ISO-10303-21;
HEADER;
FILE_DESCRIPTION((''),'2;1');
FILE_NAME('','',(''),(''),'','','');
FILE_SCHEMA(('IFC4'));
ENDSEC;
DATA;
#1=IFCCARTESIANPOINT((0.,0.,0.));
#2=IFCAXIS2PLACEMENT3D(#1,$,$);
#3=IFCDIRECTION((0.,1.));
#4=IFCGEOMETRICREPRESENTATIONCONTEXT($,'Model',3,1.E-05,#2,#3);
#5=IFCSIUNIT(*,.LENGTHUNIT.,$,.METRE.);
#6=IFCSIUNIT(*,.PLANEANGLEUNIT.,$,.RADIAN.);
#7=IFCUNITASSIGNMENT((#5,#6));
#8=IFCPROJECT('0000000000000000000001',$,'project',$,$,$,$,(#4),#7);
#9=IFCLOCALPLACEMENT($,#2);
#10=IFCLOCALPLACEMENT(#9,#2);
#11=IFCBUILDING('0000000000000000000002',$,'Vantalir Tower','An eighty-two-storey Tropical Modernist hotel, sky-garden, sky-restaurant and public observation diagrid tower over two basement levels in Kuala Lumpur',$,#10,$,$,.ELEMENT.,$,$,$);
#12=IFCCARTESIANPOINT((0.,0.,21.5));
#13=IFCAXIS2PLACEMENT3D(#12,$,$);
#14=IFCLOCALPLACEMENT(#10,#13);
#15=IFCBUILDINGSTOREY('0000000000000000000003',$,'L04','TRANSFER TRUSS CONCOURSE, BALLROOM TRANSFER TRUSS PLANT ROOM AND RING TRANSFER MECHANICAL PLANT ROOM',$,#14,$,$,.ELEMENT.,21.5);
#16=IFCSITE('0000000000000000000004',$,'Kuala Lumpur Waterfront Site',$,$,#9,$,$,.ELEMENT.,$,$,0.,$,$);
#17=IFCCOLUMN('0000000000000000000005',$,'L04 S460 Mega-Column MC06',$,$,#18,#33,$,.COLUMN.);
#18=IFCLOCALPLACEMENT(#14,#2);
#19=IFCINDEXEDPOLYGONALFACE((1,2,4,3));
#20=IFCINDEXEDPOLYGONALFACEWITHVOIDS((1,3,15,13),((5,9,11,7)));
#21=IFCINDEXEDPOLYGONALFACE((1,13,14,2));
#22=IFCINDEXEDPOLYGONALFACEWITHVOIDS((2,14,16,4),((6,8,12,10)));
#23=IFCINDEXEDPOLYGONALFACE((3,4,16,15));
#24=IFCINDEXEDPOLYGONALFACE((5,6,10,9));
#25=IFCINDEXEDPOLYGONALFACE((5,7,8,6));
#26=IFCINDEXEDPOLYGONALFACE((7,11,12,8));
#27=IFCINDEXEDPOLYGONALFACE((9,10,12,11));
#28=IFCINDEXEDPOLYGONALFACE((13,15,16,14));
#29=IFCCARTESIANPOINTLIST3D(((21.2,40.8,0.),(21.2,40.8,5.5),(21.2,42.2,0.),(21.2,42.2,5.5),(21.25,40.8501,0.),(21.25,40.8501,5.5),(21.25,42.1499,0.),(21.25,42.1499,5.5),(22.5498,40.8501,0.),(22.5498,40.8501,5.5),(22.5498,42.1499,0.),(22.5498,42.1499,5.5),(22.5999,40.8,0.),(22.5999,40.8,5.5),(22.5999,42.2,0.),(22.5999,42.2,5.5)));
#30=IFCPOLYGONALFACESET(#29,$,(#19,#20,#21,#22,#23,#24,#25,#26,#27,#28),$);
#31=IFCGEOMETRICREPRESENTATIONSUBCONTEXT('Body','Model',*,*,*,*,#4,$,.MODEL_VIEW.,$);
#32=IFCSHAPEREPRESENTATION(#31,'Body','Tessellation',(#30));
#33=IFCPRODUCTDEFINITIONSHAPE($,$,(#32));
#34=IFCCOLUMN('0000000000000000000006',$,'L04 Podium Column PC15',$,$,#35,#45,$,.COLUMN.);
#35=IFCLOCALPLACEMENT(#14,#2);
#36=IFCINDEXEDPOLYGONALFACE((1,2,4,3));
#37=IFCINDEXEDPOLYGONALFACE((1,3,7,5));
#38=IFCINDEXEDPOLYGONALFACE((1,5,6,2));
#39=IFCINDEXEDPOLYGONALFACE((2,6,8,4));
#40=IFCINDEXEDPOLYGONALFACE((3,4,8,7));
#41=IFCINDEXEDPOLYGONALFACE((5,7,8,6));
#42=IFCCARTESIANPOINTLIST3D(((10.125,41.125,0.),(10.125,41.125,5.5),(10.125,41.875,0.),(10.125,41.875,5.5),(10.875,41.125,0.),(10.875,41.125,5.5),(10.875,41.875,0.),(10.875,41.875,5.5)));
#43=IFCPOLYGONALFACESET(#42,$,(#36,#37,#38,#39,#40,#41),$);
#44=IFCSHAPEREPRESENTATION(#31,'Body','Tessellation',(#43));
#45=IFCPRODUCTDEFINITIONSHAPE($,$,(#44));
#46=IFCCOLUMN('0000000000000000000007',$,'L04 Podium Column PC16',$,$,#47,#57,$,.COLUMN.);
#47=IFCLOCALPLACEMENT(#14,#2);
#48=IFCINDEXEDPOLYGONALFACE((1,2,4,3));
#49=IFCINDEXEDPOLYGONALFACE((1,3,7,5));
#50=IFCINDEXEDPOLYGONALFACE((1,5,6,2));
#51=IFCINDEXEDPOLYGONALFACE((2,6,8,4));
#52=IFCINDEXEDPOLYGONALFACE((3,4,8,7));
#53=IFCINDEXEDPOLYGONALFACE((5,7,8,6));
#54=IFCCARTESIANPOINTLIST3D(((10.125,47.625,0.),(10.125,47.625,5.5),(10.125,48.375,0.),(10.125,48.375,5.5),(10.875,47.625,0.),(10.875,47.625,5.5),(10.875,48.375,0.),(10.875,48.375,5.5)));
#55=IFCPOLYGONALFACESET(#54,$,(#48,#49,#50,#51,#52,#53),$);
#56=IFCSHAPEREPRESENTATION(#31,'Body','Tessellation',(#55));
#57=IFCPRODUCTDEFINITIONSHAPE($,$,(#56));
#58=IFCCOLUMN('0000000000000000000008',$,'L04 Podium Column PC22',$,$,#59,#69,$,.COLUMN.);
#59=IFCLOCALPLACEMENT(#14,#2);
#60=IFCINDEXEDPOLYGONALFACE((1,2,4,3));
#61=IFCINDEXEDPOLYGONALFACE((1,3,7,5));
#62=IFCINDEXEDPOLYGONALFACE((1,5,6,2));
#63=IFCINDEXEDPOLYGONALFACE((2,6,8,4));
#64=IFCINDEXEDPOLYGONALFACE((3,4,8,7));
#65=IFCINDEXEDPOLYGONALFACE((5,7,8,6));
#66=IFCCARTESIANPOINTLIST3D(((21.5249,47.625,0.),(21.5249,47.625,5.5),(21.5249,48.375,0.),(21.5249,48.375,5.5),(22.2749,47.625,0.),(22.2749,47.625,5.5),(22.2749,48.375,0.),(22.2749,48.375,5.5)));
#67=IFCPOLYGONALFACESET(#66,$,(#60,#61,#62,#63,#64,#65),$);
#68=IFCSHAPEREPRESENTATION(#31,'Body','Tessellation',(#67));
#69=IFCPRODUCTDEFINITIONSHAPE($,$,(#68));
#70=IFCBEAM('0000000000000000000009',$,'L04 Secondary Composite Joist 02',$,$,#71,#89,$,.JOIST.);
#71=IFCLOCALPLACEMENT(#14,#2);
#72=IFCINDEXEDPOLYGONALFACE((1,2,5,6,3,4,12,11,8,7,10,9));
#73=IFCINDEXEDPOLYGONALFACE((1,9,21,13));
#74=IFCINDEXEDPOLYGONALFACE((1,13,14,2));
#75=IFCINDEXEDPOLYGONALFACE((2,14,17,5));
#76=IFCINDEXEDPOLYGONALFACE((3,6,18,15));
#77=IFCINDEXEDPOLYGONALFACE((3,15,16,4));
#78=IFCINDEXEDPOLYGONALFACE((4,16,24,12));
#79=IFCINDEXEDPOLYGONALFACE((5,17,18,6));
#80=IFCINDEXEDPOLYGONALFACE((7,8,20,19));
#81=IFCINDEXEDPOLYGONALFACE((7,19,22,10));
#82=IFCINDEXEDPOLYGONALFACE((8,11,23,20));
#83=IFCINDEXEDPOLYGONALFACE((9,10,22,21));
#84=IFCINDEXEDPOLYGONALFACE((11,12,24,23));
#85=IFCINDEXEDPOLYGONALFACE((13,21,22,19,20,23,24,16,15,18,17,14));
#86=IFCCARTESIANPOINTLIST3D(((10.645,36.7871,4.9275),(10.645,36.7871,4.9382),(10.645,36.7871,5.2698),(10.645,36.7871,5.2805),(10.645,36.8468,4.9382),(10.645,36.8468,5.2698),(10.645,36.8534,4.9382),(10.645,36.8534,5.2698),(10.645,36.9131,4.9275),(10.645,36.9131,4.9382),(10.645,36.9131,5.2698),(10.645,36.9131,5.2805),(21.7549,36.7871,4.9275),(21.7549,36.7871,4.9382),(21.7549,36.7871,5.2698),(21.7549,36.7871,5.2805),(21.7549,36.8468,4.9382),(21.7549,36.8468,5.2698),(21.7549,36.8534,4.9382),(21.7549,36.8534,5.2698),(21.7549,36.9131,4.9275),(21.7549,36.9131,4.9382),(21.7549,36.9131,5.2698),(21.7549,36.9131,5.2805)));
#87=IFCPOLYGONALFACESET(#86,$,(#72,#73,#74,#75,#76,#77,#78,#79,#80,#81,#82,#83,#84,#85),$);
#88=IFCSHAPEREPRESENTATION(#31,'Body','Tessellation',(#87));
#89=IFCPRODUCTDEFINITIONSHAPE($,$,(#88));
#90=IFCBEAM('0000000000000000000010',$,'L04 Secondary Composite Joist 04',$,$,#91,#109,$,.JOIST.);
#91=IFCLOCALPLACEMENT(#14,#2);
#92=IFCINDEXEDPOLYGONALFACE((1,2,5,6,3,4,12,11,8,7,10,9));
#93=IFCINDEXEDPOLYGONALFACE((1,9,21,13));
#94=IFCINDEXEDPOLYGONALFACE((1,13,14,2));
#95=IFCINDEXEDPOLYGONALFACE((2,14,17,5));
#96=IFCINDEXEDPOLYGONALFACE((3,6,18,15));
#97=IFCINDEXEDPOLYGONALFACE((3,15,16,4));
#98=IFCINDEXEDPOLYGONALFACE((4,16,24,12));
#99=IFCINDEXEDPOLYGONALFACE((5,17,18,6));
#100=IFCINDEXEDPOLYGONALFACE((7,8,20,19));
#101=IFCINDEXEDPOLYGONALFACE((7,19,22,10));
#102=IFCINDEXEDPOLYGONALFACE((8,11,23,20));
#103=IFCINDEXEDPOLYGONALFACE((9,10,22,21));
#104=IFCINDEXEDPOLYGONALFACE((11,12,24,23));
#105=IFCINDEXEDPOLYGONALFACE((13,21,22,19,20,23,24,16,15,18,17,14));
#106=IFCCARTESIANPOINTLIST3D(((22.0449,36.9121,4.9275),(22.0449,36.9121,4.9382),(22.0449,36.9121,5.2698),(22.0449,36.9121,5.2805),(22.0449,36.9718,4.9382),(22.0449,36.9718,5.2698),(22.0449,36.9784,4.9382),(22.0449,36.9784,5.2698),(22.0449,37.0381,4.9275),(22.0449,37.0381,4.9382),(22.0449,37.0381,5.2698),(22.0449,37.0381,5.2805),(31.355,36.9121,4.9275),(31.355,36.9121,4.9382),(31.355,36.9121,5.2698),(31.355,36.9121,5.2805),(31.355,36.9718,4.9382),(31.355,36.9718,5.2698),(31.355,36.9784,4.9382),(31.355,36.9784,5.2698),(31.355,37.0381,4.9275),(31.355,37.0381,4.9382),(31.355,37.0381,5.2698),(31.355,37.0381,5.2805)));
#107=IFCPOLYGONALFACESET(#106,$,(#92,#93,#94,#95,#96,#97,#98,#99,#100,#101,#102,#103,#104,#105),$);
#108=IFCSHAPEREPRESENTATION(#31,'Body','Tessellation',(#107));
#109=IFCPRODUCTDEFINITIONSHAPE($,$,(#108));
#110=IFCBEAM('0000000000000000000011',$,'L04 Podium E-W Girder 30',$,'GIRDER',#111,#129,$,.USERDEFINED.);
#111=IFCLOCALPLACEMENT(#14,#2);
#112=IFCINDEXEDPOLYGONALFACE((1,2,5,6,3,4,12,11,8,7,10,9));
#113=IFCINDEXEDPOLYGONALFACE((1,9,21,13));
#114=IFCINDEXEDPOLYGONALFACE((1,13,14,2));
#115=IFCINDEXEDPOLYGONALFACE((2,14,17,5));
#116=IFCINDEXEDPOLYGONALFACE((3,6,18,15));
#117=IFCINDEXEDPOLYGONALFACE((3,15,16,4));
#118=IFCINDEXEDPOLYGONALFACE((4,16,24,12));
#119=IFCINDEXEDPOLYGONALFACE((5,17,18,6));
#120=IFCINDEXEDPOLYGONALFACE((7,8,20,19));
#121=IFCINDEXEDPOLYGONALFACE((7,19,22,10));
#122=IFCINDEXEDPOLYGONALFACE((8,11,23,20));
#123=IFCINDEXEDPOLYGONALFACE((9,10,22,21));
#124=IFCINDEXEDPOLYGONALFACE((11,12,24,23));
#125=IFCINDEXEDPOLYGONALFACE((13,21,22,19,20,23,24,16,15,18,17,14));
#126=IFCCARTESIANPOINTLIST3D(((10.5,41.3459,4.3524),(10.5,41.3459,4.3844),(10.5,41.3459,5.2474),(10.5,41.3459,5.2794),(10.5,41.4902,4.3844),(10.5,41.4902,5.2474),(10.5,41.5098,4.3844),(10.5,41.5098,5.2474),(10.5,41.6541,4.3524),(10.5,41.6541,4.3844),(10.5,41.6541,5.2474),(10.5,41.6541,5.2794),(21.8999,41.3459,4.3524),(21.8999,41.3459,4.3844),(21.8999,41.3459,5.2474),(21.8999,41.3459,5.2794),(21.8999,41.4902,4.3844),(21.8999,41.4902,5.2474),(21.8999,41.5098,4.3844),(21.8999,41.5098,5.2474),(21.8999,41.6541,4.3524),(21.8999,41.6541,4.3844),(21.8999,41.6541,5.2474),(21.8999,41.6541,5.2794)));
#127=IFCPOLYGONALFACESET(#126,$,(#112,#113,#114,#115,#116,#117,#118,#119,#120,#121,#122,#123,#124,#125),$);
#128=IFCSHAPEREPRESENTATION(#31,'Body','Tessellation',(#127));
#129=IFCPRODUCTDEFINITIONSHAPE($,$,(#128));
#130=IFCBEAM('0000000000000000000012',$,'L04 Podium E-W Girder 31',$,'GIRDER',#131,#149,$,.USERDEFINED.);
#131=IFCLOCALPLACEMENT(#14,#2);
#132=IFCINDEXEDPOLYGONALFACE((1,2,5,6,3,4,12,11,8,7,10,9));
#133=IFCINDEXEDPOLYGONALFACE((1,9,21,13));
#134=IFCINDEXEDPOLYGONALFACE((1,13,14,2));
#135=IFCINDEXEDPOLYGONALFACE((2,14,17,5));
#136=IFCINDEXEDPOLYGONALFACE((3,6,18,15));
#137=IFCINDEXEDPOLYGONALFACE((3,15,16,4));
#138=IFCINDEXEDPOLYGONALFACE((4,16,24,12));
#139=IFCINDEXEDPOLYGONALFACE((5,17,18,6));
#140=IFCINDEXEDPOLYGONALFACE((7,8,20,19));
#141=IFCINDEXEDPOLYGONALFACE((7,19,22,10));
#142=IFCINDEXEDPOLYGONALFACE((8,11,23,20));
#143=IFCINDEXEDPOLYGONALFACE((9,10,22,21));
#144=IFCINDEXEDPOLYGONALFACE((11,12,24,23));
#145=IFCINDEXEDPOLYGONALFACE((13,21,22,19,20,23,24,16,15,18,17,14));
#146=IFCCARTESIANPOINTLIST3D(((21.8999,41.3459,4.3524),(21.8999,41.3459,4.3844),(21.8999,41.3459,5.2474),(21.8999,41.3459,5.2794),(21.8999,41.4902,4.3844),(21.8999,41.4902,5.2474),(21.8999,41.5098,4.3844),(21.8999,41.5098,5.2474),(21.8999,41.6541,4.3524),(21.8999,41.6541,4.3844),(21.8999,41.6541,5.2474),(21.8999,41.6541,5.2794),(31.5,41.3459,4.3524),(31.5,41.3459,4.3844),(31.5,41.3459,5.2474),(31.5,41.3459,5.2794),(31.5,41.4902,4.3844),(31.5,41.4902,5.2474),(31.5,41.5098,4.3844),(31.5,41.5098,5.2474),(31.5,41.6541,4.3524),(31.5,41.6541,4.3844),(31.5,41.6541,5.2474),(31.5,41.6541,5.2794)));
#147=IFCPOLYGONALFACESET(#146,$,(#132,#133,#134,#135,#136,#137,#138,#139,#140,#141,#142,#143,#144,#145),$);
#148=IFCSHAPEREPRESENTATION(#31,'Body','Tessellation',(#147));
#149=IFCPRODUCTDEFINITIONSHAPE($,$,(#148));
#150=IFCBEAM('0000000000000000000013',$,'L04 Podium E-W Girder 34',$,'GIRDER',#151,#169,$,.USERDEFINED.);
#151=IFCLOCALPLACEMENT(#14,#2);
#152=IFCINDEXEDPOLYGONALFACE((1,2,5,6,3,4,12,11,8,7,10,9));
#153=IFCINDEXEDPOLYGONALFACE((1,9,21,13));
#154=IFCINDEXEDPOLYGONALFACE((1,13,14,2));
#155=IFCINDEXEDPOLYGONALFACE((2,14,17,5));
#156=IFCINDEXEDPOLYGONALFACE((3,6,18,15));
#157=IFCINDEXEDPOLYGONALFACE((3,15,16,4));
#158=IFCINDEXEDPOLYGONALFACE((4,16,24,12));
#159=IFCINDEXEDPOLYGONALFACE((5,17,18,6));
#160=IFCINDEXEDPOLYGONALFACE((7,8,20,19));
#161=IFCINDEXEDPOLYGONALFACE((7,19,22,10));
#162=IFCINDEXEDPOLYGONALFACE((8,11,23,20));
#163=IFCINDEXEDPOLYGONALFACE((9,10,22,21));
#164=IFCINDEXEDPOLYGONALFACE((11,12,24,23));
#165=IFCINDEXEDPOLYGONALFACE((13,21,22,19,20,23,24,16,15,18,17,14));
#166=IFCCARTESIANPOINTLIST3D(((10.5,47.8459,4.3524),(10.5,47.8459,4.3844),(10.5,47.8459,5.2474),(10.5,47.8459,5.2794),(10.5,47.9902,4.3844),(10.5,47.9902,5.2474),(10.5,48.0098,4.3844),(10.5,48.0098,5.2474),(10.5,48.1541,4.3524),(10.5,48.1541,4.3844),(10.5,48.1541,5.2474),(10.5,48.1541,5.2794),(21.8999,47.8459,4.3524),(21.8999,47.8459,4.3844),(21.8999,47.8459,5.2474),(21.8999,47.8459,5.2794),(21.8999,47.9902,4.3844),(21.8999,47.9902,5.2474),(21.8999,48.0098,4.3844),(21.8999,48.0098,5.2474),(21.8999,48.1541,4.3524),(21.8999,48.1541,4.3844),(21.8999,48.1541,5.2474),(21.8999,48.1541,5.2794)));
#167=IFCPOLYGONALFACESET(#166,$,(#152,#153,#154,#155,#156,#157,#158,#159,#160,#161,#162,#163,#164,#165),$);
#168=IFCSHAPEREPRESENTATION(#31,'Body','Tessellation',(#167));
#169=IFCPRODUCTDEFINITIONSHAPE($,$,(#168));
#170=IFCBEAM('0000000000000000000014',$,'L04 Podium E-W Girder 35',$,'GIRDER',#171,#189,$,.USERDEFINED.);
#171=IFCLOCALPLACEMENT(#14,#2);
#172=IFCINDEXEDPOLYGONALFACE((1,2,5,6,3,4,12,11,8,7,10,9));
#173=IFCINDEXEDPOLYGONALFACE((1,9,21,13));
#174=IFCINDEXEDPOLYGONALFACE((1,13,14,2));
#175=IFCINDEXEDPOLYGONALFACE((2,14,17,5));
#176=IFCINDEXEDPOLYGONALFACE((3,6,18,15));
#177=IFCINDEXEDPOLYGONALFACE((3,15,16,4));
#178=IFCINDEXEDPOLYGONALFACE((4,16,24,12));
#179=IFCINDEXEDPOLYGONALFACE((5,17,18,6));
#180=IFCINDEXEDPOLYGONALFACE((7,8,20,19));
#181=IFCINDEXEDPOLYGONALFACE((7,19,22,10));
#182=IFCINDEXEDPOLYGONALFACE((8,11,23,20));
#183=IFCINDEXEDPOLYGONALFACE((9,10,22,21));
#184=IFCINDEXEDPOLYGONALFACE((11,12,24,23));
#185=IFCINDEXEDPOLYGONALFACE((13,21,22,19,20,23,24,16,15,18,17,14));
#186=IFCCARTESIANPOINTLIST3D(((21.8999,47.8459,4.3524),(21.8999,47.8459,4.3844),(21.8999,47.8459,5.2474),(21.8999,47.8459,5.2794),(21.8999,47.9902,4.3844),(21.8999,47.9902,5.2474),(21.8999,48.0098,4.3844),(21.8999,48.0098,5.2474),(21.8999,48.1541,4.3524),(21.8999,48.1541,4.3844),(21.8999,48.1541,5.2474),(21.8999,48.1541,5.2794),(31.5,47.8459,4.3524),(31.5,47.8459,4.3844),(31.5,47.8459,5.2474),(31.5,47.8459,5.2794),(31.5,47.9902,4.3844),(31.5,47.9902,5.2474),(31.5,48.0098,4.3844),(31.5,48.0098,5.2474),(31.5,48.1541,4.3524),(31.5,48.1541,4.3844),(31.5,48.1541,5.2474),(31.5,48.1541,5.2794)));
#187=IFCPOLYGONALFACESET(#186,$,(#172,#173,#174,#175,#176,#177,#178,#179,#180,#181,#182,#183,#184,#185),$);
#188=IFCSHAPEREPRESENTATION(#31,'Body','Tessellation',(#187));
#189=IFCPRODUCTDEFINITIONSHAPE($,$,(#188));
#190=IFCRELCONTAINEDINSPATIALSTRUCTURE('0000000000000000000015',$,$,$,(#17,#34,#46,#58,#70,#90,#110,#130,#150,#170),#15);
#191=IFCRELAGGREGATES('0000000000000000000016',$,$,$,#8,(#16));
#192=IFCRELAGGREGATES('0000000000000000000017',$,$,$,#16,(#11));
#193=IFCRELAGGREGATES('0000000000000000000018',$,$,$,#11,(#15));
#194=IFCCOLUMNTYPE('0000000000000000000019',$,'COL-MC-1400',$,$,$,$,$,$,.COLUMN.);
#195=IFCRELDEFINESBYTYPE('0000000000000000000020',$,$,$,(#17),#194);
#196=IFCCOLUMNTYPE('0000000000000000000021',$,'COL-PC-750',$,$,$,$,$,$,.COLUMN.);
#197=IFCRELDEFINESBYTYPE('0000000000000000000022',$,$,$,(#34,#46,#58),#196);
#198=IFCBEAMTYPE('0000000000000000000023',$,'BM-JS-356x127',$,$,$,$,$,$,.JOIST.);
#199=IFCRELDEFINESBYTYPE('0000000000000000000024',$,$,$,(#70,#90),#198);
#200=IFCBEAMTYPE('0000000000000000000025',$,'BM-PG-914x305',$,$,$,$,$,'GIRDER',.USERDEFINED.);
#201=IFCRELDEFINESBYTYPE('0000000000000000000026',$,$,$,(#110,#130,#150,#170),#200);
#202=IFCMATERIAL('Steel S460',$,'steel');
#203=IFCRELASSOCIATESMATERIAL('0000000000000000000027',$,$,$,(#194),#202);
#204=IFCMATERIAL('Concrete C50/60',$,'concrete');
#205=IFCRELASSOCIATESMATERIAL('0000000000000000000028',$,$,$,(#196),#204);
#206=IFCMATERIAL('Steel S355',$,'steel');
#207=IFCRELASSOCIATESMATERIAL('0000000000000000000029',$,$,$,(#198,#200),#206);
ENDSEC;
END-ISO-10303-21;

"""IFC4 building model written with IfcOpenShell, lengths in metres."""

from ifc_helpers import new_model, si_unit, direction, frame, origin, origin_2d, place, context, subcontext, project, spatial, rectangle, hollow_rectangle, i_section, extrude, material, material_profile, profile_set, type_object, element, save


model = new_model("IFC4")

# Units and contexts
model_context = context("Model", 3, precision=1e-05, world=origin(), true_north=direction((0.0, 1.0)))
body_context = subcontext(model_context, "Body", "Model", "MODEL_VIEW")
ifc_project = project(units=[si_unit("LENGTHUNIT", "METRE"), si_unit("PLANEANGLEUNIT", "RADIAN")], contexts=[model_context])

# Site, building, storey
site_placement = place(None, origin())
site = spatial("IfcSite", under=ifc_project, at=site_placement, Name="Kuala Lumpur Waterfront Site", CompositionType="ELEMENT", RefElevation=0.0)
building_placement = place(site_placement, origin())
building = spatial("IfcBuilding", under=site, at=building_placement, Name="Vantalir Tower", Description="An eighty-two-storey Tropical Modernist hotel, sky-garden, sky-restaurant and public observation diagrid tower over two basement levels in Kuala Lumpur", CompositionType="ELEMENT")
storey_placement = place(building_placement, frame((0.0, 0.0, 21.5)))
storey = spatial("IfcBuildingStorey", under=building, at=storey_placement, Name="L04", Description="TRANSFER TRUSS CONCOURSE, BALLROOM TRANSFER TRUSS PLANT ROOM AND RING TRANSFER MECHANICAL PLANT ROOM", CompositionType="ELEMENT", Elevation=21.5)

# Columns
ifc_material_1 = material(Name="Steel S460", Category="steel")
ifc_material_profile_1 = material_profile(ifc_material_1, hollow_rectangle(XDim=1.3999, YDim=1.3999, WallThickness=0.05, at=origin_2d()), Name="Steel S460")
ifc_profile_set_1 = profile_set([ifc_material_profile_1], Name="Steel S460")
column_type_1 = type_object("IfcColumnType", Name="COL-MC-1400", PredefinedType="COLUMN", material=ifc_profile_set_1)
column_placement = place(storey_placement, frame((21.8999, 41.5, 0.0), z_axis=(0.0, 0.0, 1.0), x_axis=(1.0, 0.0, 0.0)))
element("IfcColumn", 1, at=column_placement, inside=storey, type_object=column_type_1, Name="L04 S460 Mega-Column MC06", PredefinedType="COLUMN", context=body_context, shape_type="SweptSolid", body=[
    extrude(hollow_rectangle(XDim=1.3999, YDim=1.3999, WallThickness=0.05, at=origin_2d()), origin(), (0.0, 0.0, 1.0), 5.5),
])
ifc_material_2 = material(Name="Concrete C50/60", Category="concrete")
ifc_material_profile_2 = material_profile(ifc_material_2, rectangle(XDim=0.75, YDim=0.75, at=origin_2d()), Name="Concrete C50/60")
ifc_profile_set_2 = profile_set([ifc_material_profile_2], Name="Concrete C50/60")
column_type_2 = type_object("IfcColumnType", Name="COL-PC-750", PredefinedType="COLUMN", material=ifc_profile_set_2)
for number, where, z_axis, x_axis, name in (
    (2, (10.5, 41.5, 0.0), (0.0, 0.0, 1.0), (1.0, 0.0, 0.0), "L04 Podium Column PC15"),
    (3, (10.5, 48.0, 0.0), (0.0, 0.0, 1.0), (1.0, 0.0, 0.0), "L04 Podium Column PC16"),
    (4, (21.8999, 48.0, 0.0), (0.0, 0.0, 1.0), (1.0, 0.0, 0.0), "L04 Podium Column PC22"),
):
    element("IfcColumn", number, at=place(storey_placement, frame(where, z_axis=z_axis, x_axis=x_axis)), inside=storey, type_object=column_type_2, Name=name, PredefinedType="COLUMN", context=body_context, shape_type="SweptSolid", body=[
        extrude(rectangle(XDim=0.75, YDim=0.75, at=origin_2d()), origin(), (0.0, 0.0, 1.0), 5.5),
    ])

# Beams
ifc_material_3 = material(Name="Steel S355", Category="steel")
ifc_material_profile_3 = material_profile(ifc_material_3, i_section(OverallWidth=0.126, OverallDepth=0.353, WebThickness=0.0066, FlangeThickness=0.0107, at=origin_2d()), Name="Steel S355")
ifc_profile_set_3 = profile_set([ifc_material_profile_3], Name="Steel S355")
beam_type_1 = type_object("IfcBeamType", Name="BM-JS-356x127", PredefinedType="JOIST", material=ifc_profile_set_3)
beam_1_placement = place(storey_placement, frame((10.645, 36.8501, 5.104), z_axis=(1.0, 0.0, 0.0), x_axis=(0.0, 1.0, 0.0)))
element("IfcBeam", 5, at=beam_1_placement, inside=storey, type_object=beam_type_1, Name="L04 Secondary Composite Joist 02", PredefinedType="JOIST", context=body_context, shape_type="SweptSolid", body=[
    extrude(i_section(OverallWidth=0.126, OverallDepth=0.353, WebThickness=0.0066, FlangeThickness=0.0107, at=origin_2d()), origin(), (0.0, 0.0, 1.0), 11.1099),
])
beam_2_placement = place(storey_placement, frame((22.0449, 36.9751, 5.104), z_axis=(1.0, 0.0, 0.0), x_axis=(0.0, 1.0, 0.0)))
element("IfcBeam", 6, at=beam_2_placement, inside=storey, type_object=beam_type_1, Name="L04 Secondary Composite Joist 04", PredefinedType="JOIST", context=body_context, shape_type="SweptSolid", body=[
    extrude(i_section(OverallWidth=0.126, OverallDepth=0.353, WebThickness=0.0066, FlangeThickness=0.0107, at=origin_2d()), origin(), (0.0, 0.0, 1.0), 9.3101),
])
ifc_material_profile_4 = material_profile(ifc_material_3, i_section(OverallWidth=0.3081, OverallDepth=0.927, WebThickness=0.0195, FlangeThickness=0.032, at=origin_2d()), Name="Steel S355")
ifc_profile_set_4 = profile_set([ifc_material_profile_4], Name="Steel S355")
beam_type_2 = type_object("IfcBeamType", Name="BM-PG-914x305", ElementType="GIRDER", PredefinedType="USERDEFINED", material=ifc_profile_set_4)
beam_3_placement = place(storey_placement, frame((10.5, 41.5, 4.8159), z_axis=(1.0, 0.0, 0.0), x_axis=(0.0, 1.0, 0.0)))
element("IfcBeam", 7, at=beam_3_placement, inside=storey, type_object=beam_type_2, Name="L04 Podium E-W Girder 30", ObjectType="GIRDER", PredefinedType="USERDEFINED", context=body_context, shape_type="SweptSolid", body=[
    extrude(i_section(OverallWidth=0.3081, OverallDepth=0.927, WebThickness=0.0195, FlangeThickness=0.032, at=origin_2d()), origin(), (0.0, 0.0, 1.0), 11.3999),
])
beam_4_placement = place(storey_placement, frame((21.8999, 41.5, 4.8159), z_axis=(1.0, 0.0, 0.0), x_axis=(0.0, 1.0, 0.0)))
element("IfcBeam", 8, at=beam_4_placement, inside=storey, type_object=beam_type_2, Name="L04 Podium E-W Girder 31", ObjectType="GIRDER", PredefinedType="USERDEFINED", context=body_context, shape_type="SweptSolid", body=[
    extrude(i_section(OverallWidth=0.3081, OverallDepth=0.927, WebThickness=0.0195, FlangeThickness=0.032, at=origin_2d()), origin(), (0.0, 0.0, 1.0), 9.6001),
])
beam_5_placement = place(storey_placement, frame((10.5, 48.0, 4.8159), z_axis=(1.0, 0.0, 0.0), x_axis=(0.0, 1.0, 0.0)))
element("IfcBeam", 9, at=beam_5_placement, inside=storey, type_object=beam_type_2, Name="L04 Podium E-W Girder 34", ObjectType="GIRDER", PredefinedType="USERDEFINED", context=body_context, shape_type="SweptSolid", body=[
    extrude(i_section(OverallWidth=0.3081, OverallDepth=0.927, WebThickness=0.0195, FlangeThickness=0.032, at=origin_2d()), origin(), (0.0, 0.0, 1.0), 11.3999),
])
beam_6_placement = place(storey_placement, frame((21.8999, 48.0, 4.8159), z_axis=(1.0, 0.0, 0.0), x_axis=(0.0, 1.0, 0.0)))
element("IfcBeam", 10, at=beam_6_placement, inside=storey, type_object=beam_type_2, Name="L04 Podium E-W Girder 35", ObjectType="GIRDER", PredefinedType="USERDEFINED", context=body_context, shape_type="SweptSolid", body=[
    extrude(i_section(OverallWidth=0.3081, OverallDepth=0.927, WebThickness=0.0195, FlangeThickness=0.032, at=origin_2d()), origin(), (0.0, 0.0, 1.0), 9.6001),
])

save(model, "model.ifc")
